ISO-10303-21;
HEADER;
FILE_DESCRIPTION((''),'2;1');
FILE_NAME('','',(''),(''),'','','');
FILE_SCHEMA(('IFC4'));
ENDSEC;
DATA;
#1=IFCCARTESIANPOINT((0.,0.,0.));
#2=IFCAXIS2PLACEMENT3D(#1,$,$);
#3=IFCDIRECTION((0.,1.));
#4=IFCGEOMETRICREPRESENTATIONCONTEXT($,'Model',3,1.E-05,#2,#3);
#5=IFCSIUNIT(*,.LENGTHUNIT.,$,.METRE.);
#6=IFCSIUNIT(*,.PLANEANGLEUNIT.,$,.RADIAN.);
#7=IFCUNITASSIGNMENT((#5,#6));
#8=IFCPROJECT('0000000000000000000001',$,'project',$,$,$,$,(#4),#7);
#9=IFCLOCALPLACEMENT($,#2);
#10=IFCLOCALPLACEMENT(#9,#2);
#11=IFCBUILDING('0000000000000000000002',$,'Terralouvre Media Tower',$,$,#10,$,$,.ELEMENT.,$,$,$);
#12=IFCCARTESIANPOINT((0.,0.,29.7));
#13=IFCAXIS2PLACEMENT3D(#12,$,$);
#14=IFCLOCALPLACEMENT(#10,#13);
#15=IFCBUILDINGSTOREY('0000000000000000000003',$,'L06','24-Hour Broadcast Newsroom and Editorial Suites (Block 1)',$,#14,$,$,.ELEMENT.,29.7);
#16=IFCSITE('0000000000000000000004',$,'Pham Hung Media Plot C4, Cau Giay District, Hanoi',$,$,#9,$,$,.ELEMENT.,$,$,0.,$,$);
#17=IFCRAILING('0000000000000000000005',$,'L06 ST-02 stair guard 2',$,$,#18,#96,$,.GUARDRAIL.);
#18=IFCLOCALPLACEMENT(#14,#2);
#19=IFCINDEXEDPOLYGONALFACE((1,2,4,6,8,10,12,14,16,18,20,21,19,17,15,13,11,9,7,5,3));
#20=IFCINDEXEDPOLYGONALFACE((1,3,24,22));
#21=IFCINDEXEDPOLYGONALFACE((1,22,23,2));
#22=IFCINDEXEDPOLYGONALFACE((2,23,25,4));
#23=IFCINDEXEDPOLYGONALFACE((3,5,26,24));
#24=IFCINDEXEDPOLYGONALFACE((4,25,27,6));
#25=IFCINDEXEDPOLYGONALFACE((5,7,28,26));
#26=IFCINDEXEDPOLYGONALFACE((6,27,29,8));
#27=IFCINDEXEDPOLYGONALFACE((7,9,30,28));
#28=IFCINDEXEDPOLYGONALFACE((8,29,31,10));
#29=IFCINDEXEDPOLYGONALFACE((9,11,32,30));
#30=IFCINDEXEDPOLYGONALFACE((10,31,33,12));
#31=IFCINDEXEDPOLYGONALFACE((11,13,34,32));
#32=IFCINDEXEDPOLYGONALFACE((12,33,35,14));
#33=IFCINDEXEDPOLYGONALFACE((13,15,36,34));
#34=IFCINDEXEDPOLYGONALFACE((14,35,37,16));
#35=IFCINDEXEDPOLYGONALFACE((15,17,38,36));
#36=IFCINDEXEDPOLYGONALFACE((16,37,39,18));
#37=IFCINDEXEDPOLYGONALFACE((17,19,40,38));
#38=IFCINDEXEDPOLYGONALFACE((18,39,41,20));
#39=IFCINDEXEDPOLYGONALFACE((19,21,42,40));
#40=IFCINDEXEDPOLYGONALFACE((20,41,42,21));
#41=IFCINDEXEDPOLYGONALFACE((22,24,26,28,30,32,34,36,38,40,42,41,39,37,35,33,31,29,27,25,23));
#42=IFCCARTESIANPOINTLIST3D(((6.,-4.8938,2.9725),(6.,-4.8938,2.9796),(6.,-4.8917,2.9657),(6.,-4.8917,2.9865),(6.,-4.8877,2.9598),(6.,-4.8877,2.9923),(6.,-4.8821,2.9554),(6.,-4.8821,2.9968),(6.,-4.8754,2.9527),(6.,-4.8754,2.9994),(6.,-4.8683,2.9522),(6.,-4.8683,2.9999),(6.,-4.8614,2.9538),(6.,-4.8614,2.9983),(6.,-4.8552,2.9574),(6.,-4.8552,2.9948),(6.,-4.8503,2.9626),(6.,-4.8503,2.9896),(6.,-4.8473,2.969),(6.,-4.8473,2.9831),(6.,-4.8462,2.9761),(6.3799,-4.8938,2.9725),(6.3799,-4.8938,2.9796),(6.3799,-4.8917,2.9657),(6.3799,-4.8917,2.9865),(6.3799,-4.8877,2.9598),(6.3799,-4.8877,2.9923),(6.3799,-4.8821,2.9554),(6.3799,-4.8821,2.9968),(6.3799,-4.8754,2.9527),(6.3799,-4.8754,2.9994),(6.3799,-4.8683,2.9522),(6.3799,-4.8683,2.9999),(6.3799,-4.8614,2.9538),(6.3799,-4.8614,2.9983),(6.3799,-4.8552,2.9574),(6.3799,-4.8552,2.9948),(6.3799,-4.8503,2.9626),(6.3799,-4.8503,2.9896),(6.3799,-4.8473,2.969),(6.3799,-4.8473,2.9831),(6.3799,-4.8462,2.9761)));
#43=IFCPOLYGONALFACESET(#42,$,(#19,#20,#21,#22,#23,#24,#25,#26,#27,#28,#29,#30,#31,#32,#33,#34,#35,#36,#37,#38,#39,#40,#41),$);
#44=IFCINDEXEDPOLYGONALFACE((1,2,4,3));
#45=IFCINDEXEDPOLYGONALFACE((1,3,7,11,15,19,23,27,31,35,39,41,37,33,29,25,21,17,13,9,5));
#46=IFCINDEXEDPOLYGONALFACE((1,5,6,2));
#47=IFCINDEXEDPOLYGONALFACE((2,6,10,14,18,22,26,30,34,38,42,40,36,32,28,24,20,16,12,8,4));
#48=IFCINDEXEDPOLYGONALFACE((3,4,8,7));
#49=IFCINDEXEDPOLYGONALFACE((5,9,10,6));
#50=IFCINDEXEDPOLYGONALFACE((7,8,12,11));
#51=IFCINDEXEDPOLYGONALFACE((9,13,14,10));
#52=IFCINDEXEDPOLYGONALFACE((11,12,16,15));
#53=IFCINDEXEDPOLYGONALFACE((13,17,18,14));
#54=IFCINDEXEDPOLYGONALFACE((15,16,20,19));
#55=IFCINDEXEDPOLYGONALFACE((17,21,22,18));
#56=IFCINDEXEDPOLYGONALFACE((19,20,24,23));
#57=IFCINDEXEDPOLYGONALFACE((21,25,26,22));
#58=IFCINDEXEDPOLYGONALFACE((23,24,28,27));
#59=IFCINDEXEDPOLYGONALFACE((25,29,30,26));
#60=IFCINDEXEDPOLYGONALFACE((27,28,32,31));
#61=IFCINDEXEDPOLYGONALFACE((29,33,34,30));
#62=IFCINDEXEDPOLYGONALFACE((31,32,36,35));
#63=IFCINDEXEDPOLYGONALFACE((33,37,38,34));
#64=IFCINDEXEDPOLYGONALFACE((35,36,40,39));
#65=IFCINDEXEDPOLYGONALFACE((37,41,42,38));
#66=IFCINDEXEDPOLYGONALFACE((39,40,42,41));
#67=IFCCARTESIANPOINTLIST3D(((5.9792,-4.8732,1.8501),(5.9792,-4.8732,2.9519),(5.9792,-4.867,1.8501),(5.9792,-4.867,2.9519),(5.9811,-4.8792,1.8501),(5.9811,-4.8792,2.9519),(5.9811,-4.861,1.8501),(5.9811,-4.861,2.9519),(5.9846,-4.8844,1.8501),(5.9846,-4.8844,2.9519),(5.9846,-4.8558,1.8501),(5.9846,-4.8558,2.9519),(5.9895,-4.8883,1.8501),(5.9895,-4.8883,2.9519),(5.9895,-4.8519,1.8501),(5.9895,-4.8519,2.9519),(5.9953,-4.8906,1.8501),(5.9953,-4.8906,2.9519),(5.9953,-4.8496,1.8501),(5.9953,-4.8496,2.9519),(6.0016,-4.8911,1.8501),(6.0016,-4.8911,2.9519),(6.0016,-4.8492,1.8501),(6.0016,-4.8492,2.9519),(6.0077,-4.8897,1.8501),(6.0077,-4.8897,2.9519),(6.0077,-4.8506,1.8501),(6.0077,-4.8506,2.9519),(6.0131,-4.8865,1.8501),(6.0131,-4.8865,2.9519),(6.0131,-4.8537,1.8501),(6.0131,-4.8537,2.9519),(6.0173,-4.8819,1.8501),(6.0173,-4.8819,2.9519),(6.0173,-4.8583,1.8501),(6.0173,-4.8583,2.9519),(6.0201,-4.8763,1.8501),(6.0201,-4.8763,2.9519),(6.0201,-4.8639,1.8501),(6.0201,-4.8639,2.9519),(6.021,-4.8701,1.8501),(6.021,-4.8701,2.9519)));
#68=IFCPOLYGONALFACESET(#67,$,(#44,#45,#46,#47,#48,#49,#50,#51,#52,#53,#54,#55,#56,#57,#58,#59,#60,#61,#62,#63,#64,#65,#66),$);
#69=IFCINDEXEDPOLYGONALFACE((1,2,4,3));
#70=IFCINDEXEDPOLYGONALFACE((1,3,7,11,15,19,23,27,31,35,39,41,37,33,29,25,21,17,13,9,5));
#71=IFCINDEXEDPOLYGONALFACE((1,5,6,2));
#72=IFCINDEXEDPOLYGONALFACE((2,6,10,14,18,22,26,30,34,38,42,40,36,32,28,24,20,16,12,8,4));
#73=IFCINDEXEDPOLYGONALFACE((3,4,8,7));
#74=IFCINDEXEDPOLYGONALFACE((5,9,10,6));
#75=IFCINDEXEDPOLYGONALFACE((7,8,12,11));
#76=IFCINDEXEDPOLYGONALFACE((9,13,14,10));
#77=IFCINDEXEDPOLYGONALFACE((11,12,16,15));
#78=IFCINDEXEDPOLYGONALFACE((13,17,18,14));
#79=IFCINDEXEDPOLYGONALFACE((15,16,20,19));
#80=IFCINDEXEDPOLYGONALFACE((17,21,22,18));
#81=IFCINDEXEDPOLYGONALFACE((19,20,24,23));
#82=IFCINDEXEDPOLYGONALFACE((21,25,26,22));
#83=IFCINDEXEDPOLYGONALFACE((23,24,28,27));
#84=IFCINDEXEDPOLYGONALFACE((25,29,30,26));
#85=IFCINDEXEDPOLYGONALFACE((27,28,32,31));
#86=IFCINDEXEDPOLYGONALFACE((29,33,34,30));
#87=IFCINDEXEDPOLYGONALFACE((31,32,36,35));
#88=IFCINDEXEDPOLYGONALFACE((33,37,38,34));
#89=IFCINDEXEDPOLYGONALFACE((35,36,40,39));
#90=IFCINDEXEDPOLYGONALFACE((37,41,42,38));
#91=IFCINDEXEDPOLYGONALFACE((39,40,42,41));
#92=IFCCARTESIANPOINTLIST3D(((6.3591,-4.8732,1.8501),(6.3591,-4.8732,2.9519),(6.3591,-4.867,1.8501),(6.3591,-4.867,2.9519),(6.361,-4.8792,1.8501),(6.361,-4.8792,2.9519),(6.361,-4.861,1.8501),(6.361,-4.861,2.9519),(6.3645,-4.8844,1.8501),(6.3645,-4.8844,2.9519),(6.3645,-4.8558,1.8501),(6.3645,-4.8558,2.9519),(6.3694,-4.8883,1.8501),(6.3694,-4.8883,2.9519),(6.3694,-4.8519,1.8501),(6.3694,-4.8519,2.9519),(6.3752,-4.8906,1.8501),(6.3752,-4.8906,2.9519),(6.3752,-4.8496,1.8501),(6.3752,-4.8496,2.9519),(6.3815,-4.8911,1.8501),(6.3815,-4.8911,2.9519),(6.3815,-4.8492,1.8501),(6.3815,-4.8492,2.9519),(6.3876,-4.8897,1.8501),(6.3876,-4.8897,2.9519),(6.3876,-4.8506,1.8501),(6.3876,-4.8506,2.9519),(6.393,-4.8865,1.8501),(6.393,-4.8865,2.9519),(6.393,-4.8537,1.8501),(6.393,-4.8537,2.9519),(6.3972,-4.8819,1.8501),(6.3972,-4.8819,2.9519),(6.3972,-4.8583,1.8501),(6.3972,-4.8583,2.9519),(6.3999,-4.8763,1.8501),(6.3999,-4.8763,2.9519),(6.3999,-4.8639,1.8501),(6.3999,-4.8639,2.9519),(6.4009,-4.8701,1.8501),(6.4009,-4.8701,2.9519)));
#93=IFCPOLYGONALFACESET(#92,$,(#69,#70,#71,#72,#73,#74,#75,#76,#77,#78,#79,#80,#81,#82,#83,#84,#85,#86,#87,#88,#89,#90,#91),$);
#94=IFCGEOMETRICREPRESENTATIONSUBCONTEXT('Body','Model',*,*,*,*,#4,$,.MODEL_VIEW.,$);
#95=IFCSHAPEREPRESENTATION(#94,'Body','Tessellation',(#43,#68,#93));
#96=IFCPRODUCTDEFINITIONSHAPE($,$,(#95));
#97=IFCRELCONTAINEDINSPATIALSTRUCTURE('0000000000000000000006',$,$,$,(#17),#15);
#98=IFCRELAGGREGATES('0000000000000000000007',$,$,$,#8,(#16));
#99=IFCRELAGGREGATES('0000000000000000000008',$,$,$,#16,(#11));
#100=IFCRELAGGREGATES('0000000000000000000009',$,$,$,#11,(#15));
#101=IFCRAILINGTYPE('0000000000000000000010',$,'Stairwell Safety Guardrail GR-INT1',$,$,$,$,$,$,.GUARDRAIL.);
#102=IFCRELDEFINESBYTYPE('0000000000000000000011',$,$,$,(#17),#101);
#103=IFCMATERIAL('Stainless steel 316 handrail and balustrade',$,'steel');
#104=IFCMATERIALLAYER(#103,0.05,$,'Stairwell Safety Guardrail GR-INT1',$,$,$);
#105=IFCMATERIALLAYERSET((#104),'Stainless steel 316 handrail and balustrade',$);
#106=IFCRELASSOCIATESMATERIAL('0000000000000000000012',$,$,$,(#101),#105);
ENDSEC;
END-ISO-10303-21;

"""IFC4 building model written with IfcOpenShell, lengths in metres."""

from ifc_helpers import new_model, si_unit, direction, frame, origin, origin_2d, place, context, subcontext, project, spatial, circle, extrude, material, layer, layer_set, type_object, element, save


model = new_model("IFC4")

# Units and contexts
model_context = context("Model", 3, precision=1e-05, world=origin(), true_north=direction((0.0, 1.0)))
body_context = subcontext(model_context, "Body", "Model", "MODEL_VIEW")
ifc_project = project(units=[si_unit("LENGTHUNIT", "METRE"), si_unit("PLANEANGLEUNIT", "RADIAN")], contexts=[model_context])

# Site, building, storey
site_placement = place(None, origin())
site = spatial("IfcSite", under=ifc_project, at=site_placement, Name="Pham Hung Media Plot C4, Cau Giay District, Hanoi", CompositionType="ELEMENT", RefElevation=0.0)
building_placement = place(site_placement, origin())
building = spatial("IfcBuilding", under=site, at=building_placement, Name="Terralouvre Media Tower", CompositionType="ELEMENT")
storey_placement = place(building_placement, frame((0.0, 0.0, 29.7)))
storey = spatial("IfcBuildingStorey", under=building, at=storey_placement, Name="L06", Description="24-Hour Broadcast Newsroom and Editorial Suites (Block 1)", CompositionType="ELEMENT", Elevation=29.7)

# Railing
ifc_material_1 = material(Name="Stainless steel 316 handrail and balustrade", Category="steel")
ifc_layer_1 = layer(ifc_material_1, 0.05, Name="Stairwell Safety Guardrail GR-INT1")
ifc_layer_set_1 = layer_set([ifc_layer_1], Name="Stainless steel 316 handrail and balustrade")
railing_type_1 = type_object("IfcRailingType", Name="Stairwell Safety Guardrail GR-INT1", PredefinedType="GUARDRAIL", material=ifc_layer_set_1)
railing_1_placement = place(storey_placement, frame((6.0, -4.8701, 1.8501)))
element("IfcRailing", 1, at=railing_1_placement, inside=storey, type_object=railing_type_1, Name="L06 ST-02 stair guard 2", PredefinedType="GUARDRAIL", context=body_context, shape_type="SweptSolid", body=[
    extrude(circle(Radius=0.0239, at=origin_2d()), frame((0.0, 0.0, 1.126), z_axis=(1.0, 0.0, 0.0), x_axis=(0.0, 1.0, 0.0)), (0.0, 0.0, 1.0), 0.3799),
    extrude(circle(Radius=0.021, at=origin_2d()), origin(), (0.0, 0.0, 1.0), 1.1018),
    extrude(circle(Radius=0.021, at=origin_2d()), frame((0.3799, 0.0, 0.0)), (0.0, 0.0, 1.0), 1.1018),
])

save(model, "model.ifc")
